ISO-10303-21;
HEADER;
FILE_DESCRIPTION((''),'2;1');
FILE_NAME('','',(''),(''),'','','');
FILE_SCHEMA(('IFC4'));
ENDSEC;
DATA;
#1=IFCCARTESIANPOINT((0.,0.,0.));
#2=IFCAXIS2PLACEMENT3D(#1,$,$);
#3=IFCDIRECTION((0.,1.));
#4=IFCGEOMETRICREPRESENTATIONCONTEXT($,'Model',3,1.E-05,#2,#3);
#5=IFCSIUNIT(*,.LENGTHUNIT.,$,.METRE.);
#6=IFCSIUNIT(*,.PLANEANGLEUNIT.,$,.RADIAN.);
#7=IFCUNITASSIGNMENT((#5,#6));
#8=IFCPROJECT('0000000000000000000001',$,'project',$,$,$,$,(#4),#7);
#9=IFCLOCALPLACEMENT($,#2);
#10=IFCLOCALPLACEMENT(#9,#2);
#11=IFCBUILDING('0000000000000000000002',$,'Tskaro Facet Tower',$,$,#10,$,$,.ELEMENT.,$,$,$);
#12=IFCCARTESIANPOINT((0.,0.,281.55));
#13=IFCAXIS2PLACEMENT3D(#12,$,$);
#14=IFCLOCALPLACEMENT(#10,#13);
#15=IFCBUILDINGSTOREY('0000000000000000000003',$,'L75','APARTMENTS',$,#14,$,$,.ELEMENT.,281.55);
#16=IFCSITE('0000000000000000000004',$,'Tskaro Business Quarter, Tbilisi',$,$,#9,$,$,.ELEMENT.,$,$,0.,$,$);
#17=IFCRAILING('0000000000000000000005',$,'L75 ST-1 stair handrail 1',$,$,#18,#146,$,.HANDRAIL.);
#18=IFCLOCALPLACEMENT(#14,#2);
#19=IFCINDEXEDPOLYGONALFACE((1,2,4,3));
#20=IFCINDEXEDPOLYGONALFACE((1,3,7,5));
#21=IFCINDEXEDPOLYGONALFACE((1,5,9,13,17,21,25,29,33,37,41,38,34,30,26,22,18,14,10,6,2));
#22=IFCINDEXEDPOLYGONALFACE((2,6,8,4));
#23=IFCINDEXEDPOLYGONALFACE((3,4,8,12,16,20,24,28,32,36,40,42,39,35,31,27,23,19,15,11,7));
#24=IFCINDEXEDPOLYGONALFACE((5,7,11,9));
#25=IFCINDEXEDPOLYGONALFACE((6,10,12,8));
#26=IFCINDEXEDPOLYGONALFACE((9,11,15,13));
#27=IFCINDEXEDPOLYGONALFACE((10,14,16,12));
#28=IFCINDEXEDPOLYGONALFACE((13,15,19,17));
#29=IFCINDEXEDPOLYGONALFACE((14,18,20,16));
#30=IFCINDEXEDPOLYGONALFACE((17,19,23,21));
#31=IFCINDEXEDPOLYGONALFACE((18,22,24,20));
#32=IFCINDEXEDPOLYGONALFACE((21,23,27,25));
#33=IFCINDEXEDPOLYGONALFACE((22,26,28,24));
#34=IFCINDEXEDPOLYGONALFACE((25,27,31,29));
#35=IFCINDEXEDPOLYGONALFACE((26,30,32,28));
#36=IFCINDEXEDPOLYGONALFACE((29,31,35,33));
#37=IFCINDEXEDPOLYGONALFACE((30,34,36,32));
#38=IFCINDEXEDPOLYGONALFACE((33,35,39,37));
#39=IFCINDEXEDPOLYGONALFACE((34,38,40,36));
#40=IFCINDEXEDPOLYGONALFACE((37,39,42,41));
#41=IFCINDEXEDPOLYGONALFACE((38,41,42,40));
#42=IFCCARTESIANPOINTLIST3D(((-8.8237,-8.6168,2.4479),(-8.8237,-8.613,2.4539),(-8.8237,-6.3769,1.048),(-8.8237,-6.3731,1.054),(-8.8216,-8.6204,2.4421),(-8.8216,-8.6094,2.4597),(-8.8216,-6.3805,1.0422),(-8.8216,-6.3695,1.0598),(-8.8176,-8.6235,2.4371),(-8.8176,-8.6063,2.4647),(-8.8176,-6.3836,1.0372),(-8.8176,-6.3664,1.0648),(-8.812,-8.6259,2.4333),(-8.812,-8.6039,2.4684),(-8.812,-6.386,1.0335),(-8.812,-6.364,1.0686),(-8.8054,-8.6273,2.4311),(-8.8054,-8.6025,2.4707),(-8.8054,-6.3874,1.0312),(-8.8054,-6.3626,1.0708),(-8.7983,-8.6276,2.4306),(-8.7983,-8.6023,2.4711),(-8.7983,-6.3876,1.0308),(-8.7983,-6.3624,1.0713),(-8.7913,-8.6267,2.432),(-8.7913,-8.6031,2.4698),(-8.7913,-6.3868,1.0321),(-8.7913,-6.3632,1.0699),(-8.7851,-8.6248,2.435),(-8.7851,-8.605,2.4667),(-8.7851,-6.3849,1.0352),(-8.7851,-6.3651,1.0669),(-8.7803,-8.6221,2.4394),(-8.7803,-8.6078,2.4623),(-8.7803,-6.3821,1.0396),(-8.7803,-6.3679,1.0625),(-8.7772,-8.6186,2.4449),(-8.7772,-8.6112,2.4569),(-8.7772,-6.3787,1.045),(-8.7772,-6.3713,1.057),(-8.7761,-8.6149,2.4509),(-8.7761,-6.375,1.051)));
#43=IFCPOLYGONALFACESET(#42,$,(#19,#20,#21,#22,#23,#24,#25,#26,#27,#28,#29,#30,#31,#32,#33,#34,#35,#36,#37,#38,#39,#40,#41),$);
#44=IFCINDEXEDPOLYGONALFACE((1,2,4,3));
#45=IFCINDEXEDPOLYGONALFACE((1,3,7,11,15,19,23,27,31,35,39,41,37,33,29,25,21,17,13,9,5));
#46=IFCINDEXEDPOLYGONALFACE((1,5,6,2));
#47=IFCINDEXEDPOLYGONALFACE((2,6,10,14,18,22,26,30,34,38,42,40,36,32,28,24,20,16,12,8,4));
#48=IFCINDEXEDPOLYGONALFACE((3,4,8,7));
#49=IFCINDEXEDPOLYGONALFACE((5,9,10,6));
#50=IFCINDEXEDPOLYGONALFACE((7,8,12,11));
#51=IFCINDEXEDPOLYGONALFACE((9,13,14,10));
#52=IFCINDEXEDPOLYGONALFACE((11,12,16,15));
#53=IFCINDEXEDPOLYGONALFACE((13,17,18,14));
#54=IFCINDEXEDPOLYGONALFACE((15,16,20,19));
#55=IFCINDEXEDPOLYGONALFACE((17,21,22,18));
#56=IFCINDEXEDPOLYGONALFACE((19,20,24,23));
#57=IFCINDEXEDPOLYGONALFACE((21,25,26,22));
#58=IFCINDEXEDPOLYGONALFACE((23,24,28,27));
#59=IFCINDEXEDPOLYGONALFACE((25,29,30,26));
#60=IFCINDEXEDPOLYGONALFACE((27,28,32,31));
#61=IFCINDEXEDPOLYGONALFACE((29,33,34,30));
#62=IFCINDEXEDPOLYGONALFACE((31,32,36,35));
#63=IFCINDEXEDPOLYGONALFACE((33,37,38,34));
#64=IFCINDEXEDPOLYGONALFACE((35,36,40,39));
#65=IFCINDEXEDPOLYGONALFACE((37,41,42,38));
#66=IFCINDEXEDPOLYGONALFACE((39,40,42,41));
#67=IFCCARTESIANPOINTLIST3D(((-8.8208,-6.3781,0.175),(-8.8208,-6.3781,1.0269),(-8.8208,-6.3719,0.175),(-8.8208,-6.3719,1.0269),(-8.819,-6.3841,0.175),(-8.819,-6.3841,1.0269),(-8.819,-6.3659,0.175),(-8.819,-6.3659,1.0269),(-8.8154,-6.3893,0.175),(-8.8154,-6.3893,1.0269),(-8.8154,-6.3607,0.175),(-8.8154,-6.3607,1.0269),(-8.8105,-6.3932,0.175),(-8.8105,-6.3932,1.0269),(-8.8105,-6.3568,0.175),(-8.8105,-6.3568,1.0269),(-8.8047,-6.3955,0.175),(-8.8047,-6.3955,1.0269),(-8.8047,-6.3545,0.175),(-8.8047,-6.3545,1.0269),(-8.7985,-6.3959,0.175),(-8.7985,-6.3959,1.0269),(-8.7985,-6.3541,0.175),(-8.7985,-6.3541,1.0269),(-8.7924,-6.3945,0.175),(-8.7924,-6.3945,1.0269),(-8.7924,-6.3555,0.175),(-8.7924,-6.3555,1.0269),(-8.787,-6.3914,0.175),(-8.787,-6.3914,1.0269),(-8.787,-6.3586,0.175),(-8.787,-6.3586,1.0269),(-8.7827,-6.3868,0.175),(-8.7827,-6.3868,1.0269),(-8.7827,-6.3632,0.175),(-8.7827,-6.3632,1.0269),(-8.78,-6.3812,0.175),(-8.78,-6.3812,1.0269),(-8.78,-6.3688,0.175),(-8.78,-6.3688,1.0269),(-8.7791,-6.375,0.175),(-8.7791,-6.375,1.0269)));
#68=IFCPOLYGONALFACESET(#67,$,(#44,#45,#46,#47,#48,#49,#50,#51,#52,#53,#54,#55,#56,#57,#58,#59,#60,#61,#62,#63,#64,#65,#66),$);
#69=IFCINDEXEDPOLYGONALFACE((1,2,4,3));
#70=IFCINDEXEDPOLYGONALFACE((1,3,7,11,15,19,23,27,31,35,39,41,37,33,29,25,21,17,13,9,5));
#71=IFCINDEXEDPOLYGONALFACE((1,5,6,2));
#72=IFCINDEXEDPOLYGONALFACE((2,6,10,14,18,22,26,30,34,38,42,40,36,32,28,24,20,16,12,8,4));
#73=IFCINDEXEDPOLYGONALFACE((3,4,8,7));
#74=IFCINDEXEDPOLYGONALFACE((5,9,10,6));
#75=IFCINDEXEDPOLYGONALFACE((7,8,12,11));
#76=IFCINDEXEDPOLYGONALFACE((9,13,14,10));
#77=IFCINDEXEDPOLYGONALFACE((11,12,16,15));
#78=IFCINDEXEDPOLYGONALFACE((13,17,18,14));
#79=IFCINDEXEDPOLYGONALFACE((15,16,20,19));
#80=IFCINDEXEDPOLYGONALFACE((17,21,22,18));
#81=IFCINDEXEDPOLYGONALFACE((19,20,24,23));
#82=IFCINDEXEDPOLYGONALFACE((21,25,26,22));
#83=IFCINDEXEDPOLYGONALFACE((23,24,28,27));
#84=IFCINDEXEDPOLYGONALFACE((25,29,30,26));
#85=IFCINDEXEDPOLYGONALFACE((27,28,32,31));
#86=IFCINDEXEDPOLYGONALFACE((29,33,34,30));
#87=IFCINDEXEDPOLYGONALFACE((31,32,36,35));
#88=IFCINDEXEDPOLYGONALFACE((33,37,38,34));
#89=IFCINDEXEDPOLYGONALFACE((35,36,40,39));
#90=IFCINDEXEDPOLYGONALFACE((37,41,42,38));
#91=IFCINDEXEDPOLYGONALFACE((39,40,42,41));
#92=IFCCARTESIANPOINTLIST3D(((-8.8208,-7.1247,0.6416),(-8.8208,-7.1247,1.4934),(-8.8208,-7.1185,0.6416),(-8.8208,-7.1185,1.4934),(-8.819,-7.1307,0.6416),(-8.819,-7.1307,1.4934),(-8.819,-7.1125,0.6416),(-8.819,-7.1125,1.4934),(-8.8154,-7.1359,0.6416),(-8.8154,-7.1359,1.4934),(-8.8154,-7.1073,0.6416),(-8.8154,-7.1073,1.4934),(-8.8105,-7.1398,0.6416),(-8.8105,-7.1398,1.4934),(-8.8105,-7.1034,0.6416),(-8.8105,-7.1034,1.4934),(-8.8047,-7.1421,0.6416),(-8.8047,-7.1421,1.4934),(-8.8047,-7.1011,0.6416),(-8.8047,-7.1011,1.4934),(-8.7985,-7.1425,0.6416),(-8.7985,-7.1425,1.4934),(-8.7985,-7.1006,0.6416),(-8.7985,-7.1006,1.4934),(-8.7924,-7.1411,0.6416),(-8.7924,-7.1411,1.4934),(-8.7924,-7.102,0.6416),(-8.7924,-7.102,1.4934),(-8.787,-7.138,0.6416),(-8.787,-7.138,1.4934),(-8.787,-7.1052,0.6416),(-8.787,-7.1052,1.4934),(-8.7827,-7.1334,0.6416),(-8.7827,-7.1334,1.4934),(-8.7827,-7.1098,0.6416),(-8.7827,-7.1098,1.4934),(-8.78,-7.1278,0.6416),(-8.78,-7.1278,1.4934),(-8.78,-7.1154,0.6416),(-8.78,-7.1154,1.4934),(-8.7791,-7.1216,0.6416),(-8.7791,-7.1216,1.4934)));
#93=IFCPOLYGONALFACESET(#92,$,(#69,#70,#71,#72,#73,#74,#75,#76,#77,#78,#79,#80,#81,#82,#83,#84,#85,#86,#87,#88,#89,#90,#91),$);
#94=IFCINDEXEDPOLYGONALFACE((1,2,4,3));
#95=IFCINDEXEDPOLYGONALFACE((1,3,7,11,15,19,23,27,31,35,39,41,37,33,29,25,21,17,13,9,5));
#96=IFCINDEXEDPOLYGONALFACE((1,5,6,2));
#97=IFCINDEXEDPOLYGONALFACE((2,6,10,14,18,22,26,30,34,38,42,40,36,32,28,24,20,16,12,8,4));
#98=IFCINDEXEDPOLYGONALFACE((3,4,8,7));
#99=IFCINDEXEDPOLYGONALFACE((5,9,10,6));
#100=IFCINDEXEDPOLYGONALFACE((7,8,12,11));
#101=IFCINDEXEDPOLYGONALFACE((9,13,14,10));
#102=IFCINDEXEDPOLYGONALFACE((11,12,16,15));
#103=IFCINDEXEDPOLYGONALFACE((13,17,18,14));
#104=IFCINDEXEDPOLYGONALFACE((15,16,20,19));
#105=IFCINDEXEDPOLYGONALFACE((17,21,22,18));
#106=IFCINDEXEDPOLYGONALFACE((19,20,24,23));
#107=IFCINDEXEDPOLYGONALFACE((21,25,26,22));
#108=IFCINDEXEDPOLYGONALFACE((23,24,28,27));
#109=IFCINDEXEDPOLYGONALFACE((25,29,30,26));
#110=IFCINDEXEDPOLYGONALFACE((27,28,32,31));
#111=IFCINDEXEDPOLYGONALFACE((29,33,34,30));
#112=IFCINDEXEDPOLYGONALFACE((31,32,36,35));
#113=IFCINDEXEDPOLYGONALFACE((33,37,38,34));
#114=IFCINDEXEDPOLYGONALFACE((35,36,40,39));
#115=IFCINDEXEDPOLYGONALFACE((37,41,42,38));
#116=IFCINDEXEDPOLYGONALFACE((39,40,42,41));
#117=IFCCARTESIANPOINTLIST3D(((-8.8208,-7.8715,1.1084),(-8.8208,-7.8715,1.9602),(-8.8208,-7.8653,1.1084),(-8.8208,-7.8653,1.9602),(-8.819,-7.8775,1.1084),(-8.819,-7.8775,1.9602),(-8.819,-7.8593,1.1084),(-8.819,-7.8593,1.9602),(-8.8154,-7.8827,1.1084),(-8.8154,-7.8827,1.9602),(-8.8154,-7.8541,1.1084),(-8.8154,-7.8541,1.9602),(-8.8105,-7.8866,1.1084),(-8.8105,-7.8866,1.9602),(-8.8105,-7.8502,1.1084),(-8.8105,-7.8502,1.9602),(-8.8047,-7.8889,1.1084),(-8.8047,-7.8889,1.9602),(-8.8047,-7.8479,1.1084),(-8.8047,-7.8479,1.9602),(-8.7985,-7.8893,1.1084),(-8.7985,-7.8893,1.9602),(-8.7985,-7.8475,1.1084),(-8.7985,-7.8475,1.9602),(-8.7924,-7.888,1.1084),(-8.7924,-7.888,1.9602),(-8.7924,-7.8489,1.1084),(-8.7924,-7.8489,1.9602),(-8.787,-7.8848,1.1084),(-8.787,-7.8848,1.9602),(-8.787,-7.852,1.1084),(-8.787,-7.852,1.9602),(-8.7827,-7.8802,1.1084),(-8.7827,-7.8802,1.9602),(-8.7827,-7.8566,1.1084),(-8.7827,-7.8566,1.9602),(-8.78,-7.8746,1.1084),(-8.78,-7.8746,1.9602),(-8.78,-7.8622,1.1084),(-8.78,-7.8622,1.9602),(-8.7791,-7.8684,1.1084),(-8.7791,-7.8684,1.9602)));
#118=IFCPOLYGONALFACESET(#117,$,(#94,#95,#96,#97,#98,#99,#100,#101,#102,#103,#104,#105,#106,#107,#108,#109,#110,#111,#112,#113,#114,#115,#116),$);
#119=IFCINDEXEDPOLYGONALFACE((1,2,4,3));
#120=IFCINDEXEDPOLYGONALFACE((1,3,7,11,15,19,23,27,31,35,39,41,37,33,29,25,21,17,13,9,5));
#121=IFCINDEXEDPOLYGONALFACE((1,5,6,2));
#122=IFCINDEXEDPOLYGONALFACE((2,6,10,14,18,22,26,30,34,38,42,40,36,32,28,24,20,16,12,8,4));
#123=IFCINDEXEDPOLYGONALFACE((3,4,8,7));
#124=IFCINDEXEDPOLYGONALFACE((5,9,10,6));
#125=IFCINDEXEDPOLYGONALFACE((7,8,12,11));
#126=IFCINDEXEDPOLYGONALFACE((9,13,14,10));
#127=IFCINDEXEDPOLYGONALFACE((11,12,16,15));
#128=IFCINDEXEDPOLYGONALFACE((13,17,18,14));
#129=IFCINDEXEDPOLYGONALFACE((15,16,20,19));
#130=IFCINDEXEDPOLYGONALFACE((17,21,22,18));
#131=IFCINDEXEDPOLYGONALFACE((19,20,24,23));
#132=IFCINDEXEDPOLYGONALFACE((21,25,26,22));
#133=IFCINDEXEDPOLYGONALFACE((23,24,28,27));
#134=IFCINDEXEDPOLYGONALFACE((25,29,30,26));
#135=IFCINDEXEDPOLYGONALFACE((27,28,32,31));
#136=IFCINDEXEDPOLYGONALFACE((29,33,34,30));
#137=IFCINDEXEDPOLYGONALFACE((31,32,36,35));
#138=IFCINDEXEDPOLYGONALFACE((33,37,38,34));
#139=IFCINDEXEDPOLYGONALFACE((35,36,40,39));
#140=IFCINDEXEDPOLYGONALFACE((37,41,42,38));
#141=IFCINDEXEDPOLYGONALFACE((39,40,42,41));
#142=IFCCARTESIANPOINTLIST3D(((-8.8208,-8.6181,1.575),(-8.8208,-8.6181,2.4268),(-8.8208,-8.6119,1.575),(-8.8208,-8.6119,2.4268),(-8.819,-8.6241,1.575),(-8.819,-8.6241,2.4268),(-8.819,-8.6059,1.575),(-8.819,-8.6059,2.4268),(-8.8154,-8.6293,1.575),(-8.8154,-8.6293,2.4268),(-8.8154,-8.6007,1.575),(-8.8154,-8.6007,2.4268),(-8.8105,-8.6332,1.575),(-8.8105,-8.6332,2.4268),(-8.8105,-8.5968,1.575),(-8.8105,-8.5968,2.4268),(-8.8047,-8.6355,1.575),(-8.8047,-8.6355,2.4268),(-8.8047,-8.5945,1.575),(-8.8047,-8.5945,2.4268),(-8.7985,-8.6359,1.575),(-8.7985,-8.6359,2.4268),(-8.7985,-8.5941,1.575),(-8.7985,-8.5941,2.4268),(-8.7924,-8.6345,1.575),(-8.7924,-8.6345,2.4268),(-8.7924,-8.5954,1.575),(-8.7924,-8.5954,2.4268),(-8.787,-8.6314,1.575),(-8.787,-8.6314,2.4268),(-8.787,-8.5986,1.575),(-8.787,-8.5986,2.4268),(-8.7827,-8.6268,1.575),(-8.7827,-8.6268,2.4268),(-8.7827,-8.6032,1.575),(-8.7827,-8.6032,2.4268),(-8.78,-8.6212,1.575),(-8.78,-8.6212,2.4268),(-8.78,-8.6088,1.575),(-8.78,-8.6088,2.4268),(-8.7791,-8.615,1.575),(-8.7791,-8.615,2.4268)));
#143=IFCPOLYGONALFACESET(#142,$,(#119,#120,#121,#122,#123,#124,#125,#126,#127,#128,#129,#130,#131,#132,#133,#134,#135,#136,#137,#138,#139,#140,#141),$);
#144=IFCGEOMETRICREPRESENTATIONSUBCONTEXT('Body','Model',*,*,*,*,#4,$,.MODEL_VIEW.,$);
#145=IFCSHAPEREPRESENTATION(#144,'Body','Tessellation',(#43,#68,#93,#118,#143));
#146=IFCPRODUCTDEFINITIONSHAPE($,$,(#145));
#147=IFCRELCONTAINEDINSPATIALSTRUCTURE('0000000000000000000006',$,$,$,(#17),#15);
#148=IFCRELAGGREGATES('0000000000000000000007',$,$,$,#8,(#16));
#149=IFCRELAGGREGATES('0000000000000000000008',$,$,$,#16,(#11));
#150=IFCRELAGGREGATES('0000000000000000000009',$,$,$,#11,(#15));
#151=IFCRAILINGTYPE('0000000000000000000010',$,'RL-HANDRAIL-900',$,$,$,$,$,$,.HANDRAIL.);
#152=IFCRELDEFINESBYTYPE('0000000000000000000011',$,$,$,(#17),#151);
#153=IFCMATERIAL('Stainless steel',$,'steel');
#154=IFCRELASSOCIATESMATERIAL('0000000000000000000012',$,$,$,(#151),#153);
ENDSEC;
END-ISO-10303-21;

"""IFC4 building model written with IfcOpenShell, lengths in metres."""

from ifc_helpers import new_model, si_unit, direction, frame, origin, origin_2d, place, context, subcontext, project, spatial, circle, extrude, material, type_object, element, save


model = new_model("IFC4")

# Units and contexts
model_context = context("Model", 3, precision=1e-05, world=origin(), true_north=direction((0.0, 1.0)))
body_context = subcontext(model_context, "Body", "Model", "MODEL_VIEW")
ifc_project = project(units=[si_unit("LENGTHUNIT", "METRE"), si_unit("PLANEANGLEUNIT", "RADIAN")], contexts=[model_context])

# Site, building, storey
site_placement = place(None, origin())
site = spatial("IfcSite", under=ifc_project, at=site_placement, Name="Tskaro Business Quarter, Tbilisi", CompositionType="ELEMENT", RefElevation=0.0)
building_placement = place(site_placement, origin())
building = spatial("IfcBuilding", under=site, at=building_placement, Name="Tskaro Facet Tower", CompositionType="ELEMENT")
storey_placement = place(building_placement, frame((0.0, 0.0, 281.55)))
storey = spatial("IfcBuildingStorey", under=building, at=storey_placement, Name="L75", Description="APARTMENTS", CompositionType="ELEMENT", Elevation=281.55)

# Shared definitions
ifc_material_1 = material(Name="Stainless steel", Category="steel")

# Railing
railing_type_1 = type_object("IfcRailingType", Name="RL-HANDRAIL-900", PredefinedType="HANDRAIL", material=ifc_material_1)
railing_1_placement = place(storey_placement, frame((-8.8, -6.375, 0.175)))
element("IfcRailing", 1, at=railing_1_placement, inside=storey, type_object=railing_type_1, Name="L75 ST-1 stair handrail 1", PredefinedType="HANDRAIL", context=body_context, shape_type="SweptSolid", body=[
    extrude(circle(Radius=0.0239, at=origin_2d()), frame((0.0, 0.0, 0.876), z_axis=(0.0, -0.848014, 0.529974), x_axis=(1.0, 0.0, 0.0)), (0.0, 0.0, 1.0), 2.6414),
    extrude(circle(Radius=0.021, at=origin_2d()), origin(), (0.0, 0.0, 1.0), 0.8518),
    extrude(circle(Radius=0.021, at=origin_2d()), frame((0.0, -0.7466, 0.4666)), (0.0, 0.0, 1.0), 0.8518),
    extrude(circle(Radius=0.021, at=origin_2d()), frame((0.0, -1.4934, 0.9333)), (0.0, 0.0, 1.0), 0.8518),
    extrude(circle(Radius=0.021, at=origin_2d()), frame((0.0, -2.24, 1.3999)), (0.0, 0.0, 1.0), 0.8518),
])

save(model, "model.ifc")
